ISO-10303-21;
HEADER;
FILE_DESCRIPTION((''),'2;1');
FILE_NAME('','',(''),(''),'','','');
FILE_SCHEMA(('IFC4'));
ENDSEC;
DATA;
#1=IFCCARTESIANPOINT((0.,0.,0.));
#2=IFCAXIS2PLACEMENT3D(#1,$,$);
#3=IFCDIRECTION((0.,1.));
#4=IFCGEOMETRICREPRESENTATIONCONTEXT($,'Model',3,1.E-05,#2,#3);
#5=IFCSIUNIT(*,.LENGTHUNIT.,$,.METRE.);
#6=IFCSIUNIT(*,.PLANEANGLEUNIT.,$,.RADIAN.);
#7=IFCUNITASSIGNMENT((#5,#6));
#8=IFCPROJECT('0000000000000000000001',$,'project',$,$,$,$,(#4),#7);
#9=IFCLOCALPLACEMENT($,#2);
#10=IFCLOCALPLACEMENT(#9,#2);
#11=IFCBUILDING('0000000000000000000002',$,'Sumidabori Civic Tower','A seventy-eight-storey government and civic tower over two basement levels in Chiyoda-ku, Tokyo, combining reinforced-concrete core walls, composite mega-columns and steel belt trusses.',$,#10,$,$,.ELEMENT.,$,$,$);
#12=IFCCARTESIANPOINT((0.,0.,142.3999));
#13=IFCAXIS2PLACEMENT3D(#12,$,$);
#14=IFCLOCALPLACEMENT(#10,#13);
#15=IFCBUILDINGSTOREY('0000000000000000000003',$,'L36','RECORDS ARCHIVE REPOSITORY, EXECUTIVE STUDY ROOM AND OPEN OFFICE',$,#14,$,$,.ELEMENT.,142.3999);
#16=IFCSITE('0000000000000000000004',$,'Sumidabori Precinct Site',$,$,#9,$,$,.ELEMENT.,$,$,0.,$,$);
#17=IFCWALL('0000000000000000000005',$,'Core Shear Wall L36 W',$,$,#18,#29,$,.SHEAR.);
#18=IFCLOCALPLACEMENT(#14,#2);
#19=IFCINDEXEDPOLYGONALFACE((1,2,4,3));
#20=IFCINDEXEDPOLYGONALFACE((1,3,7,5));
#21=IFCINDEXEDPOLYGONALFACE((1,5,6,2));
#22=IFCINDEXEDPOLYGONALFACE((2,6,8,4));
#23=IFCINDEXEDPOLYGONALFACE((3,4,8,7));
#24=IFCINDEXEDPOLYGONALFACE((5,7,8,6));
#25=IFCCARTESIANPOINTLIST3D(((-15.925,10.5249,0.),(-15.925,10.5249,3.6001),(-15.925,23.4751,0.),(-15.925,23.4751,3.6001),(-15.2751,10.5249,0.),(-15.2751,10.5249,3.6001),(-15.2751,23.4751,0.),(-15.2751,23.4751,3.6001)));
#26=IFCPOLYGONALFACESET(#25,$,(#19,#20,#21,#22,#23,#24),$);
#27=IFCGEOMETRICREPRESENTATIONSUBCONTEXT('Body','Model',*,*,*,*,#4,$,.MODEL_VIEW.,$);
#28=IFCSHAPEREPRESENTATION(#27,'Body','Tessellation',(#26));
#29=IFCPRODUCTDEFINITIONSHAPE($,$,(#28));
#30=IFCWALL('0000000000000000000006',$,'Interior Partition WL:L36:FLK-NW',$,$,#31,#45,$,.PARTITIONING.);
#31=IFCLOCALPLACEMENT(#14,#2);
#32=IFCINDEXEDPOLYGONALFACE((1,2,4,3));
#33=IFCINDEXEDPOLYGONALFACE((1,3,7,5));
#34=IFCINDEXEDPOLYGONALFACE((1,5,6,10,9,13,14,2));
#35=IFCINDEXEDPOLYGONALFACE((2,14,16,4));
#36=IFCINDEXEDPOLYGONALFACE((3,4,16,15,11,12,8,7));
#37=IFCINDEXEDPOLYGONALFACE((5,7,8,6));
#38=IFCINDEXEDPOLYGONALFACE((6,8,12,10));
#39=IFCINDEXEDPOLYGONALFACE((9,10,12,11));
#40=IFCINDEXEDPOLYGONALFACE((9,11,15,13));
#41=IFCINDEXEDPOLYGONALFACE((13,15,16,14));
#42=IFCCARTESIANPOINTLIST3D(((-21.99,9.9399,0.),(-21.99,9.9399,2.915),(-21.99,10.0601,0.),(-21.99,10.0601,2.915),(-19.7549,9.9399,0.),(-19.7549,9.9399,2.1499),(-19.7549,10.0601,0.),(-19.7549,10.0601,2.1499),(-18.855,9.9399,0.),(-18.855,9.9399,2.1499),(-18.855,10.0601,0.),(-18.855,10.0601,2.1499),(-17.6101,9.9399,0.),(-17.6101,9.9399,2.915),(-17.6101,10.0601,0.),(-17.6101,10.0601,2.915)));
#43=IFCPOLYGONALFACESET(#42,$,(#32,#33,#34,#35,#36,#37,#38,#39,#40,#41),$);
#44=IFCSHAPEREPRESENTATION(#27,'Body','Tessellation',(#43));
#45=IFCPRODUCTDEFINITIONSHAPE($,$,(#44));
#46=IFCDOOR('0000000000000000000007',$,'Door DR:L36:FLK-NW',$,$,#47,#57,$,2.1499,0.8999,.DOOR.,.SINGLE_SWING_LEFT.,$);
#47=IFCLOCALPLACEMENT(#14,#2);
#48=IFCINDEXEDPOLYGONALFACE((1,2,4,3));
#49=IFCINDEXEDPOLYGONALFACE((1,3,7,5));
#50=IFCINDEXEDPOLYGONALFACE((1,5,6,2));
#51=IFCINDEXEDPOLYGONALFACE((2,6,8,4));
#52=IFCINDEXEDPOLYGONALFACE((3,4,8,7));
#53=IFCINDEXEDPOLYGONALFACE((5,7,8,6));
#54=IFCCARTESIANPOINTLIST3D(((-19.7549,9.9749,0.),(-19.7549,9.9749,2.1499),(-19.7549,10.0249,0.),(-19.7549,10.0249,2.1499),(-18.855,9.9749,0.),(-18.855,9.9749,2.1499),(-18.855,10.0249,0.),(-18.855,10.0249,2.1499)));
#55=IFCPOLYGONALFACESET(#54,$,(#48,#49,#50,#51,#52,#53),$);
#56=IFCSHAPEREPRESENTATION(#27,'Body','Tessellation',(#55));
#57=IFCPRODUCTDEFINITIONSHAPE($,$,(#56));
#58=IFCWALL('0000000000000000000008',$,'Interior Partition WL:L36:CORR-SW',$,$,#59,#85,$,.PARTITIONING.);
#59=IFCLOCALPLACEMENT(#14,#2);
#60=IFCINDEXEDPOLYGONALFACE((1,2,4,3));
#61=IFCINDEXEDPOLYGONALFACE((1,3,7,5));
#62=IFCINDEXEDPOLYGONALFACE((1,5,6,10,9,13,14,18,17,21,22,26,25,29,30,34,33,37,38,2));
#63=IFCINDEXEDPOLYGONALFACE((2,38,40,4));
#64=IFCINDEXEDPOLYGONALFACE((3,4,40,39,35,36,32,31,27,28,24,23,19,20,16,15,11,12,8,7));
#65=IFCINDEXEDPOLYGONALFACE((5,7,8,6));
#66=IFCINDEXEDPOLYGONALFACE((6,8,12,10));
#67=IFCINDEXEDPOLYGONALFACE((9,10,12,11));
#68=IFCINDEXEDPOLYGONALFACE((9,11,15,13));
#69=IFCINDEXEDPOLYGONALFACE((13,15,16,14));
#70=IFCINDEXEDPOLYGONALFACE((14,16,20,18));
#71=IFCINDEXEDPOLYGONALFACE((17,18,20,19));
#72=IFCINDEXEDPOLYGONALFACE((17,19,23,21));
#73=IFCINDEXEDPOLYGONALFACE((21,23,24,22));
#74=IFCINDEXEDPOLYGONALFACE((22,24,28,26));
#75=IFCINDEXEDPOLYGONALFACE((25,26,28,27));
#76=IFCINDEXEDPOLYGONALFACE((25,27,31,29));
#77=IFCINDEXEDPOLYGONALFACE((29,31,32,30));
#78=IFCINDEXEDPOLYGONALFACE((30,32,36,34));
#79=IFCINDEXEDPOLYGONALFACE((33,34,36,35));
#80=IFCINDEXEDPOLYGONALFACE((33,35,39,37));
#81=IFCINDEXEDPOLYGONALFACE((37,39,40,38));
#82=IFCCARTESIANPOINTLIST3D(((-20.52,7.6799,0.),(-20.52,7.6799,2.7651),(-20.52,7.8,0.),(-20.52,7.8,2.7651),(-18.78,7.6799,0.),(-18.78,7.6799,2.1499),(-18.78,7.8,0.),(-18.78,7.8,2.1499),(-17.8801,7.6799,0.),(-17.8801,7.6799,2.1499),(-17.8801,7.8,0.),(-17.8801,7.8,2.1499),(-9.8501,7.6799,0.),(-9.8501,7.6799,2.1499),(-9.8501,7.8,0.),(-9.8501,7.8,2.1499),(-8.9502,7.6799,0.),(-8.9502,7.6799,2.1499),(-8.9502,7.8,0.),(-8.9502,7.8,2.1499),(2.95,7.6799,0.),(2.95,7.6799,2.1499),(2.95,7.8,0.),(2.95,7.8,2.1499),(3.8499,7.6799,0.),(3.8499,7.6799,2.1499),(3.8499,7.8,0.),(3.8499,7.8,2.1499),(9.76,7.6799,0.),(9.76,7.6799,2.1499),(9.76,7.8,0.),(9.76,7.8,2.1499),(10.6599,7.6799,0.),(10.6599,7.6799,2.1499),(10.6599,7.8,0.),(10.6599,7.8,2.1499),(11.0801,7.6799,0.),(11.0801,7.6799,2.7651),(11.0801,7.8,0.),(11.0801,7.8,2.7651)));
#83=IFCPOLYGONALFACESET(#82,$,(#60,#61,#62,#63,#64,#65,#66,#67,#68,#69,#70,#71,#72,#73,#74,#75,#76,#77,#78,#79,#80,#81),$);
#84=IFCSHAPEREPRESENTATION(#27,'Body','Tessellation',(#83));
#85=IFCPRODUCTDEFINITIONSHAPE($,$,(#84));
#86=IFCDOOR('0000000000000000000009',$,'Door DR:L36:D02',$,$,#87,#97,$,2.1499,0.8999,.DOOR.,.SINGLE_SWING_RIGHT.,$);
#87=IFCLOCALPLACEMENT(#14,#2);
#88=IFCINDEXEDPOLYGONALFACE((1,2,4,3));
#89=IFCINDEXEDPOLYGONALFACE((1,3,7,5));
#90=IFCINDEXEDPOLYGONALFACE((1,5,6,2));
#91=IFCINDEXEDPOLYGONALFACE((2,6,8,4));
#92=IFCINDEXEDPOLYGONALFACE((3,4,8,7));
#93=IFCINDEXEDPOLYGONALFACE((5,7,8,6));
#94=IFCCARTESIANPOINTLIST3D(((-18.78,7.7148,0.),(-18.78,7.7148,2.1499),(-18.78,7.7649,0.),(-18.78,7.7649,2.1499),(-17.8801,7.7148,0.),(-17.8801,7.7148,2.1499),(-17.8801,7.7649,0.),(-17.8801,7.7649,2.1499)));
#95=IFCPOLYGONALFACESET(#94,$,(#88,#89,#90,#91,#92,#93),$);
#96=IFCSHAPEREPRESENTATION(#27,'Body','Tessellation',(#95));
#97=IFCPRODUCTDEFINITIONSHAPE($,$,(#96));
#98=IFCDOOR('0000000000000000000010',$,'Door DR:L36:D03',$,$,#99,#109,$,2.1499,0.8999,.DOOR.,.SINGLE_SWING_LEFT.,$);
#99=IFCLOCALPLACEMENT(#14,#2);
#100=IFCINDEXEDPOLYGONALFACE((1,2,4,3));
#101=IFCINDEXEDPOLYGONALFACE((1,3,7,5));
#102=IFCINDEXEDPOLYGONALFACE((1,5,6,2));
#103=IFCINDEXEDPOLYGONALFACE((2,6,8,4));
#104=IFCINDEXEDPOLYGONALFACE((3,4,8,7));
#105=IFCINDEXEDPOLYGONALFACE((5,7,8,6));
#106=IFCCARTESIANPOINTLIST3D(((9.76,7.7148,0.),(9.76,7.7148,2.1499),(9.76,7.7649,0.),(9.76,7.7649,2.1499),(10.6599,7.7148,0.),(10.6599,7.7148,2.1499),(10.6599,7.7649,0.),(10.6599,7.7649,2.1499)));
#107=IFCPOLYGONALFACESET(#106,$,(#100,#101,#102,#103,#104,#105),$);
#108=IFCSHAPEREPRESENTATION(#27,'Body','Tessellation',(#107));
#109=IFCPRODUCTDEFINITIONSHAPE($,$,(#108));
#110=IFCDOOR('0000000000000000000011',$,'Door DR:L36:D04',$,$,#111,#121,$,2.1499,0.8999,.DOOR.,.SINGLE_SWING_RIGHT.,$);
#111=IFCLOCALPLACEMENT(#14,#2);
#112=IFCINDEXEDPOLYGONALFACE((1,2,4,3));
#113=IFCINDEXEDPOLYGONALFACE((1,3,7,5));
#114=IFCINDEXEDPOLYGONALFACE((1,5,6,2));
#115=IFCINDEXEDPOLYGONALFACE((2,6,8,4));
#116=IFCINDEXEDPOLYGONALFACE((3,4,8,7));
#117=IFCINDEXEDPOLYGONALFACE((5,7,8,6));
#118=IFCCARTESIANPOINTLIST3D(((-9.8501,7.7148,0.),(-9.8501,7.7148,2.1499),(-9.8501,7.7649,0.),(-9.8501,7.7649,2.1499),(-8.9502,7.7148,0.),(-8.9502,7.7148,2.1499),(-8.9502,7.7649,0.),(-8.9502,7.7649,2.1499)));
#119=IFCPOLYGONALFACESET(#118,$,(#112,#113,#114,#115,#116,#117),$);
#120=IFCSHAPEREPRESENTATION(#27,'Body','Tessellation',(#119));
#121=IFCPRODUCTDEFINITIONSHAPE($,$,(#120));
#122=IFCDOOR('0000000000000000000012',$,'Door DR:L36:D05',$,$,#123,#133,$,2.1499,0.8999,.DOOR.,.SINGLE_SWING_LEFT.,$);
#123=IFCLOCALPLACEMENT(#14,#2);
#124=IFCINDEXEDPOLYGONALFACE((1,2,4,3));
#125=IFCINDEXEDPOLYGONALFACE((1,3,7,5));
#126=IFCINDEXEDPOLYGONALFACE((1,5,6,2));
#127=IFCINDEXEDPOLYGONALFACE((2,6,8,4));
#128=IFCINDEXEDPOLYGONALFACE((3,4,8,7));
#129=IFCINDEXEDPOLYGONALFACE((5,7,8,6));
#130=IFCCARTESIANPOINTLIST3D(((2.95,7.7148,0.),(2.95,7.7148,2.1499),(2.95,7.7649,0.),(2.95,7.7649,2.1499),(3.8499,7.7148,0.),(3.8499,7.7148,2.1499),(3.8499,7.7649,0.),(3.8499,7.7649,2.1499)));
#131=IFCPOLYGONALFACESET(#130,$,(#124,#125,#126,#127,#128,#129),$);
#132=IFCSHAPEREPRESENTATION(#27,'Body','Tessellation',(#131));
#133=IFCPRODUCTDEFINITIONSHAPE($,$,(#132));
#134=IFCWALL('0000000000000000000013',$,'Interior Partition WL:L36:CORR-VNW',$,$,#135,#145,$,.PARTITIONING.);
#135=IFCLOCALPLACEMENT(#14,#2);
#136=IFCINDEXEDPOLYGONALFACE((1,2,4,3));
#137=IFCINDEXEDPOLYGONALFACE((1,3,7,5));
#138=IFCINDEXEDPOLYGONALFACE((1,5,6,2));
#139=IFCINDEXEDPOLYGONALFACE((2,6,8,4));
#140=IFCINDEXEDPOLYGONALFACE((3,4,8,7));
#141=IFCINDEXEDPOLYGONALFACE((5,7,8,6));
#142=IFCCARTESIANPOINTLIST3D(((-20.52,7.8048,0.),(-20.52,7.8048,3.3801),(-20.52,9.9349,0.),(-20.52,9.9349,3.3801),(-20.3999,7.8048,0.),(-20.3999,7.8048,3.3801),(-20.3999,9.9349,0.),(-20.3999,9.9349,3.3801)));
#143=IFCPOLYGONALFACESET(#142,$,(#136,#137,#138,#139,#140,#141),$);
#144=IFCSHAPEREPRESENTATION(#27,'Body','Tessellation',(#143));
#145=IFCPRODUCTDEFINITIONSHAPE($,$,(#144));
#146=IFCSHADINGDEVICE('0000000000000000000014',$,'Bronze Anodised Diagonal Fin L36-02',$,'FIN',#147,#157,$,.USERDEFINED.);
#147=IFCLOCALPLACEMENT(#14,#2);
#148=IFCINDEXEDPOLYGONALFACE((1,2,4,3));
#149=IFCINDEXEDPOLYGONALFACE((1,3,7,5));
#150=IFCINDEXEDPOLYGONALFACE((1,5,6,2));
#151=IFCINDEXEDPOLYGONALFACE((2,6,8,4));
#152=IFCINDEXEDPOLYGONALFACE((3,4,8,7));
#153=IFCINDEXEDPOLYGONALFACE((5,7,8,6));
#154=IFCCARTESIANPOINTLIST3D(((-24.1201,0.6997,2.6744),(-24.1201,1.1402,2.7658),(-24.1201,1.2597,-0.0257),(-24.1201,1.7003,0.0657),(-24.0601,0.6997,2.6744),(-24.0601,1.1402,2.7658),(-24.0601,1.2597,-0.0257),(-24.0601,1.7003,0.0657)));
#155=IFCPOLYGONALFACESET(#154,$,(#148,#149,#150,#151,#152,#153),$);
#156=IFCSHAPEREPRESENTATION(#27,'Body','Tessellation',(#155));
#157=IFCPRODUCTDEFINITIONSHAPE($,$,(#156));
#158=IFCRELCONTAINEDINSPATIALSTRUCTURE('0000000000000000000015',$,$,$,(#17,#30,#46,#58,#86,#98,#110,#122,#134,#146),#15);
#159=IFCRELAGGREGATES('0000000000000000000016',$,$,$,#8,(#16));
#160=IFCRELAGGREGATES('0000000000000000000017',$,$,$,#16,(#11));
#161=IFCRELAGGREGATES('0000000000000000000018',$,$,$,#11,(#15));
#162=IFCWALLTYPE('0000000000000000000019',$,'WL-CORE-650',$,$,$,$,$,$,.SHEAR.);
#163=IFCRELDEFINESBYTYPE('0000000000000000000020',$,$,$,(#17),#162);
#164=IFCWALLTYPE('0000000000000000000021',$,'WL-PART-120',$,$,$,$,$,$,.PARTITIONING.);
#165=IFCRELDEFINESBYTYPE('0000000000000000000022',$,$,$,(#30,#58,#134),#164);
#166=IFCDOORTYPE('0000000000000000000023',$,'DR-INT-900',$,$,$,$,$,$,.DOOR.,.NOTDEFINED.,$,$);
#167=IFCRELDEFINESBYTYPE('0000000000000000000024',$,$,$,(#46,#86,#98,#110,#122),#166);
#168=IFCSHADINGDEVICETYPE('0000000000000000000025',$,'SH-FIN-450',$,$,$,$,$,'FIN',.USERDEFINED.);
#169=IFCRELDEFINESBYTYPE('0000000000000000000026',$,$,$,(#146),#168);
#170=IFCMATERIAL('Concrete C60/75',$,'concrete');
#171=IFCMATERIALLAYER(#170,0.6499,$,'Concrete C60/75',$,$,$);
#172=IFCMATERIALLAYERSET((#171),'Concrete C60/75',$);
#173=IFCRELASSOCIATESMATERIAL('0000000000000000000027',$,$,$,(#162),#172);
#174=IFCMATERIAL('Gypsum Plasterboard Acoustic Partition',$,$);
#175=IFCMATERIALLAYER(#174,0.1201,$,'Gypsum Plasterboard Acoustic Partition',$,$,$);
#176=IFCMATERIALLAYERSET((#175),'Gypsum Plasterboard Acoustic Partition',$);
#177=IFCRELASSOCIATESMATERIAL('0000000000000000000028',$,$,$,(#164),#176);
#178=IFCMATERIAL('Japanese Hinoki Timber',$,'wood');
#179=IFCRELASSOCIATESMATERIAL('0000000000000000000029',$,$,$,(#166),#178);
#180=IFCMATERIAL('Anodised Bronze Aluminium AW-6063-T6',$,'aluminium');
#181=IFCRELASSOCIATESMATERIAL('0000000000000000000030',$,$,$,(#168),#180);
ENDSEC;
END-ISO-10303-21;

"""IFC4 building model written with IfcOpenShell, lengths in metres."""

from ifc_helpers import new_model, si_unit, direction, frame, frame_2d, origin, origin_2d, place, context, subcontext, project, spatial, rectangle, extrude, source, transform, mapped, material, layer, layer_set, material_profile, profile_set, type_object, element, fill, save


model = new_model("IFC4")

# Units and contexts
model_context = context("Model", 3, precision=1e-05, world=origin(), true_north=direction((0.0, 1.0)))
body_context = subcontext(model_context, "Body", "Model", "MODEL_VIEW")
ifc_project = project(units=[si_unit("LENGTHUNIT", "METRE"), si_unit("PLANEANGLEUNIT", "RADIAN")], contexts=[model_context])

# Site, building, storey
site_placement = place(None, origin())
site = spatial("IfcSite", under=ifc_project, at=site_placement, Name="Sumidabori Precinct Site", CompositionType="ELEMENT", RefElevation=0.0)
building_placement = place(site_placement, origin())
building = spatial("IfcBuilding", under=site, at=building_placement, Name="Sumidabori Civic Tower", Description="A seventy-eight-storey government and civic tower over two basement levels in Chiyoda-ku, Tokyo, combining reinforced-concrete core walls, composite mega-columns and steel belt trusses.", CompositionType="ELEMENT")
storey_placement = place(building_placement, frame((0.0, 0.0, 142.3999)))
storey = spatial("IfcBuildingStorey", under=building, at=storey_placement, Name="L36", Description="RECORDS ARCHIVE REPOSITORY, EXECUTIVE STUDY ROOM AND OPEN OFFICE", CompositionType="ELEMENT", Elevation=142.3999)

# Shared definitions
ifc_material_1 = material(Name="Concrete C60/75", Category="concrete")

# Shared definitions
ifc_material_2 = material(Name="Anodised Bronze Aluminium AW-6063-T6", Category="aluminium")

# Shared definitions
ifc_layer_1 = layer(ifc_material_1, 0.6499, Name="Concrete C60/75")
ifc_layer_set_1 = layer_set([ifc_layer_1], Name="Concrete C60/75")
wall_type_1 = type_object("IfcWallType", Name="WL-CORE-650", PredefinedType="SHEAR", material=ifc_layer_set_1)

# Wall
shared_shape_1 = source(origin(), body_context, "Body", "SweptSolid", [
    extrude(rectangle(XDim=12.9502, YDim=0.6499, at=frame_2d((6.4751, 0.0))), origin(), (0.0, 0.0, 1.0), 3.6001),
])
wall_1_placement = place(storey_placement, frame((-15.6001, 10.5249, 0.0), z_axis=(0.0, 0.0, 1.0), x_axis=(0.0, 1.0, 0.0)))
element("IfcWall", 1, at=wall_1_placement, inside=storey, type_object=wall_type_1, Name="Core Shear Wall L36 W", PredefinedType="SHEAR", context=body_context, shape_type="MappedRepresentation", body=[
    mapped(shared_shape_1, transform((0.0, 0.0, 0.0), x_axis=(1.0, 0.0, 0.0), y_axis=(0.0, 1.0, 0.0), z_axis=(0.0, 0.0, 1.0), scale=1.0)),
])

# Wall, opening, door
ifc_material_3 = material(Name="Gypsum Plasterboard Acoustic Partition")
ifc_layer_2 = layer(ifc_material_3, 0.1201, Name="Gypsum Plasterboard Acoustic Partition")
ifc_layer_set_2 = layer_set([ifc_layer_2], Name="Gypsum Plasterboard Acoustic Partition")
wall_type_2 = type_object("IfcWallType", Name="WL-PART-120", PredefinedType="PARTITIONING", material=ifc_layer_set_2)
shared_shape_2 = source(origin(), body_context, "Body", "SweptSolid", [
    extrude(rectangle(XDim=4.3799, YDim=0.1201, at=frame_2d((2.1899, 0.0))), origin(), (0.0, 0.0, 1.0), 2.915),
])
wall_2_placement = place(storey_placement, frame((-21.99, 10.0, 0.0), z_axis=(0.0, 0.0, 1.0), x_axis=(1.0, 0.0, 0.0)))
wall_2 = element("IfcWall", 2, at=wall_2_placement, inside=storey, type_object=wall_type_2, Name="Interior Partition WL:L36:FLK-NW", PredefinedType="PARTITIONING", context=body_context, shape_type="MappedRepresentation", body=[
    mapped(shared_shape_2, transform((0.0, 0.0, 0.0), x_axis=(1.0, 0.0, 0.0), y_axis=(0.0, 1.0, 0.0), z_axis=(0.0, 0.0, 1.0), scale=1.0)),
])
opening_1_placement = place(wall_2_placement, frame((2.2351, 0.0, 0.0)))
opening_1 = element("IfcOpeningElement", 3, at=opening_1_placement, cuts=wall_2, PredefinedType="OPENING", context=body_context, shape_type="SweptSolid", body=[
    extrude(rectangle(XDim=0.8999, YDim=2.1499, at=frame_2d((0.45, 1.075))), frame((0.0, 0.072, 0.0), z_axis=(0.0, -1.0, 0.0), x_axis=(1.0, 0.0, 0.0)), (0.0, 0.0, 1.0), 0.144),
])
ifc_material_4 = material(Name="Japanese Hinoki Timber", Category="wood")
door_type_1 = type_object("IfcDoorType", Name="DR-INT-900", OperationType="NOTDEFINED", PredefinedType="DOOR", material=ifc_material_4)
shared_shape_3 = source(origin(), body_context, "Body", "SweptSolid", [
    extrude(rectangle(XDim=0.8999, YDim=2.1499, at=frame_2d((0.45, 1.075))), frame((0.0, 0.0249, 0.0), z_axis=(0.0, -1.0, 0.0), x_axis=(1.0, 0.0, 0.0)), (0.0, 0.0, 1.0), 0.05),
])
door_1_placement = place(opening_1_placement, origin())
door_1 = element("IfcDoor", 4, at=door_1_placement, inside=storey, type_object=door_type_1, Name="Door DR:L36:FLK-NW", OperationType="SINGLE_SWING_LEFT", OverallHeight=2.1499, OverallWidth=0.8999, PredefinedType="DOOR", context=body_context, shape_type="MappedRepresentation", body=[
    mapped(shared_shape_3, transform((0.0, 0.0, 0.0), x_axis=(1.0, 0.0, 0.0), y_axis=(0.0, 1.0, 0.0), z_axis=(0.0, 0.0, 1.0), scale=1.0)),
])
fill(opening_1, door_1)

# Wall, openings, doors
shared_shape_4 = source(origin(), body_context, "Body", "SweptSolid", [
    extrude(rectangle(XDim=31.6001, YDim=0.1201, at=frame_2d((15.8, 0.0))), origin(), (0.0, 0.0, 1.0), 2.7651),
])
wall_3_placement = place(storey_placement, frame((-20.52, 7.74, 0.0), z_axis=(0.0, 0.0, 1.0), x_axis=(1.0, 0.0, 0.0)))
wall_3 = element("IfcWall", 5, at=wall_3_placement, inside=storey, type_object=wall_type_2, Name="Interior Partition WL:L36:CORR-SW", PredefinedType="PARTITIONING", context=body_context, shape_type="MappedRepresentation", body=[
    mapped(shared_shape_4, transform((0.0, 0.0, 0.0), x_axis=(1.0, 0.0, 0.0), y_axis=(0.0, 1.0, 0.0), z_axis=(0.0, 0.0, 1.0), scale=1.0)),
])
opening_2_placement = place(wall_3_placement, frame((1.74, 0.0, 0.0)))
opening_2 = element("IfcOpeningElement", 6, at=opening_2_placement, cuts=wall_3, PredefinedType="OPENING", context=body_context, shape_type="SweptSolid", body=[
    extrude(rectangle(XDim=0.8999, YDim=2.1499, at=frame_2d((0.45, 1.075))), frame((0.0, 0.072, 0.0), z_axis=(0.0, -1.0, 0.0), x_axis=(1.0, 0.0, 0.0)), (0.0, 0.0, 1.0), 0.144),
])
opening_3_placement = place(wall_3_placement, frame((30.28, 0.0, 0.0)))
opening_3 = element("IfcOpeningElement", 7, at=opening_3_placement, cuts=wall_3, PredefinedType="OPENING", context=body_context, shape_type="SweptSolid", body=[
    extrude(rectangle(XDim=0.8999, YDim=2.1499, at=frame_2d((0.45, 1.075))), frame((0.0, 0.072, 0.0), z_axis=(0.0, -1.0, 0.0), x_axis=(1.0, 0.0, 0.0)), (0.0, 0.0, 1.0), 0.144),
])
opening_4_placement = place(wall_3_placement, frame((10.6699, 0.0, 0.0)))
opening_4 = element("IfcOpeningElement", 8, at=opening_4_placement, cuts=wall_3, PredefinedType="OPENING", context=body_context, shape_type="SweptSolid", body=[
    extrude(rectangle(XDim=0.8999, YDim=2.1499, at=frame_2d((0.45, 1.075))), frame((0.0, 0.072, 0.0), z_axis=(0.0, -1.0, 0.0), x_axis=(1.0, 0.0, 0.0)), (0.0, 0.0, 1.0), 0.144),
])
opening_5_placement = place(wall_3_placement, frame((23.47, 0.0, 0.0)))
opening_5 = element("IfcOpeningElement", 9, at=opening_5_placement, cuts=wall_3, PredefinedType="OPENING", context=body_context, shape_type="SweptSolid", body=[
    extrude(rectangle(XDim=0.8999, YDim=2.1499, at=frame_2d((0.45, 1.075))), frame((0.0, 0.072, 0.0), z_axis=(0.0, -1.0, 0.0), x_axis=(1.0, 0.0, 0.0)), (0.0, 0.0, 1.0), 0.144),
])
door_2_placement = place(opening_2_placement, origin())
door_2 = element("IfcDoor", 10, at=door_2_placement, inside=storey, type_object=door_type_1, Name="Door DR:L36:D02", OperationType="SINGLE_SWING_RIGHT", OverallHeight=2.1499, OverallWidth=0.8999, PredefinedType="DOOR", context=body_context, shape_type="MappedRepresentation", body=[
    mapped(shared_shape_3, transform((0.0, 0.0, 0.0), x_axis=(1.0, 0.0, 0.0), y_axis=(0.0, 1.0, 0.0), z_axis=(0.0, 0.0, 1.0), scale=1.0)),
])
fill(opening_2, door_2)
door_3_placement = place(opening_3_placement, origin())
door_3 = element("IfcDoor", 11, at=door_3_placement, inside=storey, type_object=door_type_1, Name="Door DR:L36:D03", OperationType="SINGLE_SWING_LEFT", OverallHeight=2.1499, OverallWidth=0.8999, PredefinedType="DOOR", context=body_context, shape_type="MappedRepresentation", body=[
    mapped(shared_shape_3, transform((0.0, 0.0, 0.0), x_axis=(1.0, 0.0, 0.0), y_axis=(0.0, 1.0, 0.0), z_axis=(0.0, 0.0, 1.0), scale=1.0)),
])
fill(opening_3, door_3)
door_4_placement = place(opening_4_placement, origin())
door_4 = element("IfcDoor", 12, at=door_4_placement, inside=storey, type_object=door_type_1, Name="Door DR:L36:D04", OperationType="SINGLE_SWING_RIGHT", OverallHeight=2.1499, OverallWidth=0.8999, PredefinedType="DOOR", context=body_context, shape_type="MappedRepresentation", body=[
    mapped(shared_shape_3, transform((0.0, 0.0, 0.0), x_axis=(1.0, 0.0, 0.0), y_axis=(0.0, 1.0, 0.0), z_axis=(0.0, 0.0, 1.0), scale=1.0)),
])
fill(opening_4, door_4)
door_5_placement = place(opening_5_placement, origin())
door_5 = element("IfcDoor", 13, at=door_5_placement, inside=storey, type_object=door_type_1, Name="Door DR:L36:D05", OperationType="SINGLE_SWING_LEFT", OverallHeight=2.1499, OverallWidth=0.8999, PredefinedType="DOOR", context=body_context, shape_type="MappedRepresentation", body=[
    mapped(shared_shape_3, transform((0.0, 0.0, 0.0), x_axis=(1.0, 0.0, 0.0), y_axis=(0.0, 1.0, 0.0), z_axis=(0.0, 0.0, 1.0), scale=1.0)),
])
fill(opening_5, door_5)

# Wall
shared_shape_5 = source(origin(), body_context, "Body", "SweptSolid", [
    extrude(rectangle(XDim=2.1301, YDim=0.1201, at=frame_2d((1.0649, 0.0))), origin(), (0.0, 0.0, 1.0), 3.3801),
])
wall_4_placement = place(storey_placement, frame((-20.46, 7.8049, 0.0), z_axis=(0.0, 0.0, 1.0), x_axis=(0.0, 1.0, 0.0)))
element("IfcWall", 14, at=wall_4_placement, inside=storey, type_object=wall_type_2, Name="Interior Partition WL:L36:CORR-VNW", PredefinedType="PARTITIONING", context=body_context, shape_type="MappedRepresentation", body=[
    mapped(shared_shape_5, transform((0.0, 0.0, 0.0), x_axis=(1.0, 0.0, 0.0), y_axis=(0.0, 1.0, 0.0), z_axis=(0.0, 0.0, 1.0), scale=1.0)),
])

# Shading device
ifc_material_profile_1 = material_profile(ifc_material_2, rectangle(XDim=0.0601, YDim=0.45, at=origin_2d()), Name="BRONZE FIN 450x60")
ifc_profile_set_1 = profile_set([ifc_material_profile_1], Name="Anodised Bronze Aluminium AW-6063-T6")
shading_device_type = type_object("IfcShadingDeviceType", Name="SH-FIN-450", ElementType="FIN", PredefinedType="USERDEFINED", material=ifc_profile_set_1)
shared_shape_6 = source(origin(), body_context, "Body", "SweptSolid", [
    extrude(rectangle(XDim=0.0601, YDim=0.45, at=origin_2d()), origin(), (0.0, 0.0, 1.0), 2.7576),
])
shading_device_placement = place(storey_placement, frame((-24.0901, 1.48, 0.02), z_axis=(0.0, -0.203092, 0.97916), x_axis=(-1.0, 0.0, 0.0)))
element("IfcShadingDevice", 15, at=shading_device_placement, inside=storey, type_object=shading_device_type, Name="Bronze Anodised Diagonal Fin L36-02", ObjectType="FIN", PredefinedType="USERDEFINED", context=body_context, shape_type="MappedRepresentation", body=[
    mapped(shared_shape_6, transform((0.0, 0.0, 0.0), x_axis=(1.0, 0.0, 0.0), y_axis=(0.0, 1.0, 0.0), z_axis=(0.0, 0.0, 1.0), scale=1.0)),
])

save(model, "model.ifc")
